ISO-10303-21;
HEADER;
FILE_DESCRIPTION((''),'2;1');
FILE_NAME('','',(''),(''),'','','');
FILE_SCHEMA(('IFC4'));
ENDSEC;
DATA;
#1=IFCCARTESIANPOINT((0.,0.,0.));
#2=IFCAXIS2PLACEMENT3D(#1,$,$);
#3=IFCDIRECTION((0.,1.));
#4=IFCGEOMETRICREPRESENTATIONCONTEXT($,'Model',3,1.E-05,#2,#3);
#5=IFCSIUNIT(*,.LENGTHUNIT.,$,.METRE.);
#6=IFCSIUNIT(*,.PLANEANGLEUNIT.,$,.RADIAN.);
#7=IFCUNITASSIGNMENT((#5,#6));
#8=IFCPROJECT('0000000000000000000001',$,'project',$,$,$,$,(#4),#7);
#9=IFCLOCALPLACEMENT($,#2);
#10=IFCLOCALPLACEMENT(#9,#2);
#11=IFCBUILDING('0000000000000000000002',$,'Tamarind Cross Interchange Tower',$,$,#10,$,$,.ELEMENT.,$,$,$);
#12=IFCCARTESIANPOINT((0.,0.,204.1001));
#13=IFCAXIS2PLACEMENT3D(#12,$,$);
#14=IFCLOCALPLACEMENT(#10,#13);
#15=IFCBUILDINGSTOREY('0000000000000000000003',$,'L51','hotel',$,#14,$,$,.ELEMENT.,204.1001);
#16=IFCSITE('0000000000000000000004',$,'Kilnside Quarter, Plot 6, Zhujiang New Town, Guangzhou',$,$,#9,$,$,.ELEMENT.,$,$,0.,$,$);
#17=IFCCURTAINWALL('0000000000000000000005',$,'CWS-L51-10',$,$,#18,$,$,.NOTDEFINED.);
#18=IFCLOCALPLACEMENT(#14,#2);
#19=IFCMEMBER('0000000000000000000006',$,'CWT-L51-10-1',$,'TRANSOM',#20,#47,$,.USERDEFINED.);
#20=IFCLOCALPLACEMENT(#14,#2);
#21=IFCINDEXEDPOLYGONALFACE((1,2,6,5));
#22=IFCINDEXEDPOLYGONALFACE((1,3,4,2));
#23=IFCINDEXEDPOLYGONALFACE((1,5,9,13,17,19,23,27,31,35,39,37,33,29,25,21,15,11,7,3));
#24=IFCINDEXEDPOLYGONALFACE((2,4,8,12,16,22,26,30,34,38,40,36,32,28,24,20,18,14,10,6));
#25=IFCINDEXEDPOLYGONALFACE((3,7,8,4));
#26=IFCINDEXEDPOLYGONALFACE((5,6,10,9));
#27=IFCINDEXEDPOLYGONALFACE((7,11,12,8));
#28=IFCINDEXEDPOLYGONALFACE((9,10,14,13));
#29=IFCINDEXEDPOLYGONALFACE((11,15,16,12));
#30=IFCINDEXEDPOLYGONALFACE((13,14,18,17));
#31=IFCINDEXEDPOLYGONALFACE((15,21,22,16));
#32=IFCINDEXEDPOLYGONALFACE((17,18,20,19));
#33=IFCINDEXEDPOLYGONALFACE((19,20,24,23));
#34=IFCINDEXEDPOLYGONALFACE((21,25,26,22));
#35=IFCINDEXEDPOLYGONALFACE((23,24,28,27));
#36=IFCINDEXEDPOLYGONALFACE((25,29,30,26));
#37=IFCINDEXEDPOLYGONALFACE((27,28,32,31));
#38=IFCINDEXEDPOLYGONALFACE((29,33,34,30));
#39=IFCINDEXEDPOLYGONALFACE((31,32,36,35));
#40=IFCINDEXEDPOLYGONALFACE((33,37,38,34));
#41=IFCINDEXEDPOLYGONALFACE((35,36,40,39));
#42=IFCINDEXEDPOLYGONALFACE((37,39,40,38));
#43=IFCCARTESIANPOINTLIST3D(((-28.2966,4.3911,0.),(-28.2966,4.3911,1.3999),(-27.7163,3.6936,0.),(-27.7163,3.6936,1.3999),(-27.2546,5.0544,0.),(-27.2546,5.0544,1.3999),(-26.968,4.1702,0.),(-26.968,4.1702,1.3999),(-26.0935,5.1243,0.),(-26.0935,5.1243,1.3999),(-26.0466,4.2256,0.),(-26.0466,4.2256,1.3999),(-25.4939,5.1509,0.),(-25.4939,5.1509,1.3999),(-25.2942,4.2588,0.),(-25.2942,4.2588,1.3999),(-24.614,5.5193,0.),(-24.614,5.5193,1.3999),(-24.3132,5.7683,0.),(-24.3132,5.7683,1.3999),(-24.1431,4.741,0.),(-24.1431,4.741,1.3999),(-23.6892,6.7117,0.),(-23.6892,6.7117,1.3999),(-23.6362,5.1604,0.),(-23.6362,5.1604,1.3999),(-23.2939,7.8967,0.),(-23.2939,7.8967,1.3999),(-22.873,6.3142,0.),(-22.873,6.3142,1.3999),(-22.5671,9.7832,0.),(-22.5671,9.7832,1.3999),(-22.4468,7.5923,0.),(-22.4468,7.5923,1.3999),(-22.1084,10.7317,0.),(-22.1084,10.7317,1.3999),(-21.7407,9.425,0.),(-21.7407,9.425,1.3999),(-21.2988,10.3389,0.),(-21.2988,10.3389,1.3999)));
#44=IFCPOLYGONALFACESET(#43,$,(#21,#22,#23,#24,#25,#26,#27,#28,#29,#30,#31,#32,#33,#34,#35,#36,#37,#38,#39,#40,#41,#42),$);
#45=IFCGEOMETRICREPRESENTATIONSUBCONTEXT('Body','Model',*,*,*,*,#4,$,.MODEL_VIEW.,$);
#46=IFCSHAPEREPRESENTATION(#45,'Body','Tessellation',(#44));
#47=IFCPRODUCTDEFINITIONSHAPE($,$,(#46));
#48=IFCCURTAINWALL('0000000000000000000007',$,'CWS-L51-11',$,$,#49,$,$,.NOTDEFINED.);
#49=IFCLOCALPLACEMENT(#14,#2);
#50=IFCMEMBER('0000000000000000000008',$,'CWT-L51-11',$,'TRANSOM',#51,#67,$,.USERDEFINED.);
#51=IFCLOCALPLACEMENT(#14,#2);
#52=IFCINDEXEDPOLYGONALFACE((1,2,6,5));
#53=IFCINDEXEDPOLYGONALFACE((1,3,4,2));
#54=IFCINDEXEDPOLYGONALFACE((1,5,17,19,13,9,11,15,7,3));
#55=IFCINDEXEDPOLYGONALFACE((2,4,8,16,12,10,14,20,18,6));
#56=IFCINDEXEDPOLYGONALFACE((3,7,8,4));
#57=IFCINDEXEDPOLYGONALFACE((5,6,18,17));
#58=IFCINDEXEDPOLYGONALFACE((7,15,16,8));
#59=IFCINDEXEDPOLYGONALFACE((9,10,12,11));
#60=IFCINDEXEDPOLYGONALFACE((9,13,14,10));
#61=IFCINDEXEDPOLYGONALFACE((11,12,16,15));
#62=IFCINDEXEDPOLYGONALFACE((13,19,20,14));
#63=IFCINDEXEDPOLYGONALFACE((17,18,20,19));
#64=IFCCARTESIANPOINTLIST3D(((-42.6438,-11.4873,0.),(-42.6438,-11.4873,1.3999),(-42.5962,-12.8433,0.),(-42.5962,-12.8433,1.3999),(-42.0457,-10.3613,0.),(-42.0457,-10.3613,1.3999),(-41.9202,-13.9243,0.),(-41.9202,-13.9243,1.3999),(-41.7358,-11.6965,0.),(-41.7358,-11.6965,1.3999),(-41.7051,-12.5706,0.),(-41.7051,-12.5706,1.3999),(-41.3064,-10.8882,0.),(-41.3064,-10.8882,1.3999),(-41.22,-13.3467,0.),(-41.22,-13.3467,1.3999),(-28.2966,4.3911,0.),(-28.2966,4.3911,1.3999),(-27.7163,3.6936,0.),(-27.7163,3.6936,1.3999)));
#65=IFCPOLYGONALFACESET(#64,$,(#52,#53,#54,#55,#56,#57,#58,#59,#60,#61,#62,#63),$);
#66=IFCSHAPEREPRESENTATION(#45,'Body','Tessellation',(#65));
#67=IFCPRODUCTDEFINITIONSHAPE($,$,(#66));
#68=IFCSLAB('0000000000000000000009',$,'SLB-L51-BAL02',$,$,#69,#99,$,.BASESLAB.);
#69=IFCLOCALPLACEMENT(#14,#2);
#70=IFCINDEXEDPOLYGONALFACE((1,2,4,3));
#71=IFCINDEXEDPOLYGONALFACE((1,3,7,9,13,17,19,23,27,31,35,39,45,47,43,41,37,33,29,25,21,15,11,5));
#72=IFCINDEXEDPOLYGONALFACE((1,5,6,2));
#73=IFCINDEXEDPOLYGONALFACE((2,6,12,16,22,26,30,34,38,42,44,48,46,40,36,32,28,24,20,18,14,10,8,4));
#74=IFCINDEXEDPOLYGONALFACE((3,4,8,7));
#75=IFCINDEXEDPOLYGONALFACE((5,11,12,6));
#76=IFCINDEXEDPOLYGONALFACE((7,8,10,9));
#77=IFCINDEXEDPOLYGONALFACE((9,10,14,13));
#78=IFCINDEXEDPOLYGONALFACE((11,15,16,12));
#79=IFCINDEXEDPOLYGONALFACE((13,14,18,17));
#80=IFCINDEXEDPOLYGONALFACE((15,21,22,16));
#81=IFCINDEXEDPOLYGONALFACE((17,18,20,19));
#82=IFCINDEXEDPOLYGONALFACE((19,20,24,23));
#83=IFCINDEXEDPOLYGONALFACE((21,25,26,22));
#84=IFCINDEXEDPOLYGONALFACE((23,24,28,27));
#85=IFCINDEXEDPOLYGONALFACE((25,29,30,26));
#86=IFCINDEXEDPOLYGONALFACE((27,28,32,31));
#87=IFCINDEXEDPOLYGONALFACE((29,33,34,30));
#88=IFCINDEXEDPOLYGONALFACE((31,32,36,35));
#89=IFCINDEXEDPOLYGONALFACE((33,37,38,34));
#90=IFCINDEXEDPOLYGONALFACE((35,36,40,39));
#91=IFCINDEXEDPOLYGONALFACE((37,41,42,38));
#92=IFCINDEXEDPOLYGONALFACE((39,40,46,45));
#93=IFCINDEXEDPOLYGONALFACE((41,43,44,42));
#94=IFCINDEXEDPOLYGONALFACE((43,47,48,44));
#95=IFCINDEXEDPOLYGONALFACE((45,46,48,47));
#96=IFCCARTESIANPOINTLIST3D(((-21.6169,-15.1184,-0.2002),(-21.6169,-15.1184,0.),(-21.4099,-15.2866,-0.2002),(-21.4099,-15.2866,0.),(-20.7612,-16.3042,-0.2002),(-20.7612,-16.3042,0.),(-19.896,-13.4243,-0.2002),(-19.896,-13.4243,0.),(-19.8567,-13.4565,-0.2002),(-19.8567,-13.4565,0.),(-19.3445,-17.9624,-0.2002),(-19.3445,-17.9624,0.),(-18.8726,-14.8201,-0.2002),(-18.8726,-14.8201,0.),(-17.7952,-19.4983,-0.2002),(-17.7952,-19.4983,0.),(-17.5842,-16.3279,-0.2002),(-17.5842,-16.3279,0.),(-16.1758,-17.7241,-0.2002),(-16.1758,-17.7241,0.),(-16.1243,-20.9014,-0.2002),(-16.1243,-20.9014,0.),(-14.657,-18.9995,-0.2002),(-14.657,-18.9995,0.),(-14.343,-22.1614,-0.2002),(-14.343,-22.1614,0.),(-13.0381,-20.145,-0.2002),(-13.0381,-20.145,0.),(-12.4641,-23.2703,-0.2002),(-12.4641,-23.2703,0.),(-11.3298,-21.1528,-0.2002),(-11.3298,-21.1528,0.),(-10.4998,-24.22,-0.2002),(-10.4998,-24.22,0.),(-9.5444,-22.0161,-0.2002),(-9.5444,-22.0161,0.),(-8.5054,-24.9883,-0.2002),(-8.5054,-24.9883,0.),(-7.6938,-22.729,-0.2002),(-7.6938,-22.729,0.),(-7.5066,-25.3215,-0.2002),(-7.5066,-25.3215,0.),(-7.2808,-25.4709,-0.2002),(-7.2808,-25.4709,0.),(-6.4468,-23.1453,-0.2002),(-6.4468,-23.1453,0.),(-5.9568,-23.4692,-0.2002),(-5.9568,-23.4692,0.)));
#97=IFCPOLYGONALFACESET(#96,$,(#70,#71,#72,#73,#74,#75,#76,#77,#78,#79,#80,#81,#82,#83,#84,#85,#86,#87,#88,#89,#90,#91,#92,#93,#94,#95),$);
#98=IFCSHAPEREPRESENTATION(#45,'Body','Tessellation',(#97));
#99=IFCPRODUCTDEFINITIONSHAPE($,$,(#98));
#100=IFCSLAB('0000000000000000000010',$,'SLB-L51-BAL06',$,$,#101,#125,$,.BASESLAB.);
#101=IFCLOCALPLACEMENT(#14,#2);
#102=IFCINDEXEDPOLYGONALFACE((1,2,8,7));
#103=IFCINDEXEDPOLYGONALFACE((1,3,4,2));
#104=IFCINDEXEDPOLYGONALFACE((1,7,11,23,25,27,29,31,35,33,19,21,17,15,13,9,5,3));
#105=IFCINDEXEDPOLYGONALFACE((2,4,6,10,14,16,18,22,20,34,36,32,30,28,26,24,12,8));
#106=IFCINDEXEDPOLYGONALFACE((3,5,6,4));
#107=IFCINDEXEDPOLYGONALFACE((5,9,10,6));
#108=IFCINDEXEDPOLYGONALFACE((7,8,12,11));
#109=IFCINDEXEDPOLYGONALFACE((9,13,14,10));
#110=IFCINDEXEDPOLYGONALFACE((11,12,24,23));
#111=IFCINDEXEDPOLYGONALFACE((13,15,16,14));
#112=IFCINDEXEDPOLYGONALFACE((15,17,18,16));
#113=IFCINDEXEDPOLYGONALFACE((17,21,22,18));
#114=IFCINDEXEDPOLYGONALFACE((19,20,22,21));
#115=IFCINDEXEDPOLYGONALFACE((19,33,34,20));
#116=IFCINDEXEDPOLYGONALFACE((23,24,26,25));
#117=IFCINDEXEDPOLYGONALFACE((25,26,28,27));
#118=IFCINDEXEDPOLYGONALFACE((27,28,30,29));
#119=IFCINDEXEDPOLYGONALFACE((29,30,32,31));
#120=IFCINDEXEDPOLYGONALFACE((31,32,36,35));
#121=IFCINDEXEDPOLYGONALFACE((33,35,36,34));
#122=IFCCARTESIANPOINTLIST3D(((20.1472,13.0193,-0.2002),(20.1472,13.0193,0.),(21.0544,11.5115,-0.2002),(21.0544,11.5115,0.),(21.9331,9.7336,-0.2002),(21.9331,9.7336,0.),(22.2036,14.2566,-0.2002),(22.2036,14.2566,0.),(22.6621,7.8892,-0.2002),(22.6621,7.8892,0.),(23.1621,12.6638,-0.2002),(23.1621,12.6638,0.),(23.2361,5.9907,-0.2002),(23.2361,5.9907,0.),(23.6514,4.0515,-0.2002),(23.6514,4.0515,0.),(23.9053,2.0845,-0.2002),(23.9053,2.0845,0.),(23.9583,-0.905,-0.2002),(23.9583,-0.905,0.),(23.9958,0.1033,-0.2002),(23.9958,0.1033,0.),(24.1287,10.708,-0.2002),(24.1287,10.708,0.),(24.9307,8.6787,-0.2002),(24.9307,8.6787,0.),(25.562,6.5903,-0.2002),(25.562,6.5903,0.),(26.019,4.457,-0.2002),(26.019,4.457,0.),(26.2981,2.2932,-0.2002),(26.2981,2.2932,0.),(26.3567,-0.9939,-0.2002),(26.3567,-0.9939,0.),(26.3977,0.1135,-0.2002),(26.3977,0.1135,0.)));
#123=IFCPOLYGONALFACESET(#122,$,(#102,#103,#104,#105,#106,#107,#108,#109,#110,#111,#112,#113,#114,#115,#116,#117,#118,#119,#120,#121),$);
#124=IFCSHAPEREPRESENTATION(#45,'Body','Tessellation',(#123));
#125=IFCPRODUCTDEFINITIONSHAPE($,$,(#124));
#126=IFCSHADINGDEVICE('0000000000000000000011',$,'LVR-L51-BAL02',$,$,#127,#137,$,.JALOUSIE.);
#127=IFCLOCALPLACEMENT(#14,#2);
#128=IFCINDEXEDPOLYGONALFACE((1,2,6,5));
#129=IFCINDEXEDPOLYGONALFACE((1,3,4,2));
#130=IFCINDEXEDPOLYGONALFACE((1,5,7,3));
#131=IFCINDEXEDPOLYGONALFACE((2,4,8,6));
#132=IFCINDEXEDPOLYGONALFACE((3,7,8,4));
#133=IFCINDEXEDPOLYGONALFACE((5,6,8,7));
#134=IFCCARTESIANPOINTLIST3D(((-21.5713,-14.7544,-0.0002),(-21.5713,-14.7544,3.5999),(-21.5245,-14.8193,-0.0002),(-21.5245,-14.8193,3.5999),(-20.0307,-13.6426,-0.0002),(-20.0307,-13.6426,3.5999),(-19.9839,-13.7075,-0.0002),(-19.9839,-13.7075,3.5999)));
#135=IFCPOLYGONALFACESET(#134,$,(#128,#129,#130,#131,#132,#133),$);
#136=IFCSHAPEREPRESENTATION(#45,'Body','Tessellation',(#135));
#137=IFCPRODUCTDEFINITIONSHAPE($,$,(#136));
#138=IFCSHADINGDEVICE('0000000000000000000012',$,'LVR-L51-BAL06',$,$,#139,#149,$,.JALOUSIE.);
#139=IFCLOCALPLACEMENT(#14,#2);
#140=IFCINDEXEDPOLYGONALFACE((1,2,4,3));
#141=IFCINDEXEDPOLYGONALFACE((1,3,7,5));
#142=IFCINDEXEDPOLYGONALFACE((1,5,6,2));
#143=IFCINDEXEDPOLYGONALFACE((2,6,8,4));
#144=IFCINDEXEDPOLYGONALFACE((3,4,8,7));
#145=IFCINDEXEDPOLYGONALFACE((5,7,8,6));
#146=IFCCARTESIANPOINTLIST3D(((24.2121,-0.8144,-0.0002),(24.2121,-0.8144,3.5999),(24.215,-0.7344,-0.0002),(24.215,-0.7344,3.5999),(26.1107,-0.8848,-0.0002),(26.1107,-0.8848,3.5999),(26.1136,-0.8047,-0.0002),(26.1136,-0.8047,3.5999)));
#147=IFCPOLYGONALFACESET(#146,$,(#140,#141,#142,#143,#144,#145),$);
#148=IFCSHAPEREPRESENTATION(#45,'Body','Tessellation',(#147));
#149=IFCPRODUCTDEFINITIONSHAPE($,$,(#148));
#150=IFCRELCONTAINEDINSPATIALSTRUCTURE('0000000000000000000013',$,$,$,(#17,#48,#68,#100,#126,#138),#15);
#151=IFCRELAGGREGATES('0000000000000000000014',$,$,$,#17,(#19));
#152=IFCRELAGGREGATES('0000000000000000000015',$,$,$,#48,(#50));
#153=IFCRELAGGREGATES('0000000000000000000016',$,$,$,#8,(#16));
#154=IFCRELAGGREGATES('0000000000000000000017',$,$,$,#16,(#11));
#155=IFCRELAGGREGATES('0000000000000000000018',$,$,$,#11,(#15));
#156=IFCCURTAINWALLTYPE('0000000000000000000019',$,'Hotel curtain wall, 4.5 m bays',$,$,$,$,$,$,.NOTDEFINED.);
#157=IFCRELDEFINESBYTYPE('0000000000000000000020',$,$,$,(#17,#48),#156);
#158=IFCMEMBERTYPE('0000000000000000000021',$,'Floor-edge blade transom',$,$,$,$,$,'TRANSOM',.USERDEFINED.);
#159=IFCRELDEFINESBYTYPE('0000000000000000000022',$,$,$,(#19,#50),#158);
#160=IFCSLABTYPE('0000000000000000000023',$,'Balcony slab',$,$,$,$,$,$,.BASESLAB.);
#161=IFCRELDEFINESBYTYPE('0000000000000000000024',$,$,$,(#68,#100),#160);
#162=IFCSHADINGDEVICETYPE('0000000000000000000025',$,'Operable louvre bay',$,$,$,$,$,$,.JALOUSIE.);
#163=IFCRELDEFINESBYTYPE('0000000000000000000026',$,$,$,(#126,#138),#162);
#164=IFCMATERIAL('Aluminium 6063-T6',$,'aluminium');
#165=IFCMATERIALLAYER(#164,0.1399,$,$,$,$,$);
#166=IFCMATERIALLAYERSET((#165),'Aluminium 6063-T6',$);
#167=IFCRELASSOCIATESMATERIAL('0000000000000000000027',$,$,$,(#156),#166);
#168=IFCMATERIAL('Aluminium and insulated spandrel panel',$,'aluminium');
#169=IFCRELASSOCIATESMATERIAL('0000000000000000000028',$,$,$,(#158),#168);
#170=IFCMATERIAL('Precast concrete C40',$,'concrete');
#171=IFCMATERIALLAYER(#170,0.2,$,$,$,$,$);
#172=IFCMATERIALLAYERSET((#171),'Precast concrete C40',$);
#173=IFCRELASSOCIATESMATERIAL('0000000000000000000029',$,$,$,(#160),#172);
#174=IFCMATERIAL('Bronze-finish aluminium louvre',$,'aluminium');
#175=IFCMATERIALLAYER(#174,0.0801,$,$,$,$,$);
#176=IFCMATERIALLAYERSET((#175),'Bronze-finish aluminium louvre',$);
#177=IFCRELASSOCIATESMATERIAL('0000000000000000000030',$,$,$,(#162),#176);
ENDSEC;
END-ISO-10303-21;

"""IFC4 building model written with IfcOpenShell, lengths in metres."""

from ifc_helpers import new_model, si_unit, direction, frame, origin, origin_2d, place, context, subcontext, project, spatial, polyline, rectangle, outline, extrude, material, layer, layer_set, type_object, element, aggregate, save


model = new_model("IFC4")

# Units and contexts
model_context = context("Model", 3, precision=1e-05, world=origin(), true_north=direction((0.0, 1.0)))
body_context = subcontext(model_context, "Body", "Model", "MODEL_VIEW")
ifc_project = project(units=[si_unit("LENGTHUNIT", "METRE"), si_unit("PLANEANGLEUNIT", "RADIAN")], contexts=[model_context])

# Site, building, storey
site_placement = place(None, origin())
site = spatial("IfcSite", under=ifc_project, at=site_placement, Name="Kilnside Quarter, Plot 6, Zhujiang New Town, Guangzhou", CompositionType="ELEMENT", RefElevation=0.0)
building_placement = place(site_placement, origin())
building = spatial("IfcBuilding", under=site, at=building_placement, Name="Tamarind Cross Interchange Tower", CompositionType="ELEMENT")
storey_placement = place(building_placement, frame((0.0, 0.0, 204.1001)))
storey = spatial("IfcBuildingStorey", under=building, at=storey_placement, Name="L51", Description="hotel", CompositionType="ELEMENT", Elevation=204.1001)

# Shared definitions
ifc_material_1 = material(Name="Aluminium 6063-T6", Category="aluminium")
ifc_layer_1 = layer(ifc_material_1, 0.1399)
ifc_layer_set_1 = layer_set([ifc_layer_1], Name="Aluminium 6063-T6")
curtain_wall_type = type_object("IfcCurtainWallType", Name="Hotel curtain wall, 4.5 m bays", PredefinedType="NOTDEFINED", material=ifc_layer_set_1)
ifc_material_2 = material(Name="Aluminium and insulated spandrel panel", Category="aluminium")
member_type = type_object("IfcMemberType", Name="Floor-edge blade transom", ElementType="TRANSOM", PredefinedType="USERDEFINED", material=ifc_material_2)

# Curtain wall, member
curtain_wall_1_placement = place(storey_placement, origin())
curtain_wall_1 = element("IfcCurtainWall", 1, at=curtain_wall_1_placement, inside=storey, type_object=curtain_wall_type, Name="CWS-L51-10", PredefinedType="NOTDEFINED")
member_1_placement = place(storey_placement, origin())
member_1 = element("IfcMember", 2, at=member_1_placement, type_object=member_type, Name="CWT-L51-10-1", ObjectType="TRANSOM", PredefinedType="USERDEFINED", context=body_context, shape_type="SweptSolid", body=[
    extrude(outline(polyline([(-21.2988, 10.3389), (-21.7407, 9.425), (-22.4468, 7.5923), (-22.873, 6.3142), (-23.6362, 5.1604), (-24.1431, 4.741), (-25.2942, 4.2588), (-26.0466, 4.2256), (-26.968, 4.1702), (-27.7163, 3.6936), (-28.2966, 4.3911), (-27.2546, 5.0544), (-26.0935, 5.1243), (-25.4939, 5.1509), (-24.614, 5.5193), (-24.3132, 5.7683), (-23.6892, 6.7117), (-23.2939, 7.8967), (-22.5671, 9.7832), (-22.1084, 10.7317), (-21.2988, 10.3389)])), origin(), (0.0, 0.0, 1.0), 1.3999),
])
aggregate(curtain_wall_1, [member_1])

# Curtain wall, member
curtain_wall_2_placement = place(storey_placement, origin())
curtain_wall_2 = element("IfcCurtainWall", 3, at=curtain_wall_2_placement, inside=storey, type_object=curtain_wall_type, Name="CWS-L51-11", PredefinedType="NOTDEFINED")
member_2_placement = place(storey_placement, origin())
member_2 = element("IfcMember", 4, at=member_2_placement, type_object=member_type, Name="CWT-L51-11", ObjectType="TRANSOM", PredefinedType="USERDEFINED", context=body_context, shape_type="SweptSolid", body=[
    extrude(outline(polyline([(-27.7163, 3.6936), (-41.3064, -10.8882), (-41.7358, -11.6965), (-41.7051, -12.5706), (-41.22, -13.3467), (-41.9202, -13.9243), (-42.5962, -12.8433), (-42.6438, -11.4873), (-42.0457, -10.3613), (-28.2966, 4.3911), (-27.7163, 3.6936)])), origin(), (0.0, 0.0, 1.0), 1.3999),
])
aggregate(curtain_wall_2, [member_2])

# Slabs
ifc_material_3 = material(Name="Precast concrete C40", Category="concrete")
ifc_layer_2 = layer(ifc_material_3, 0.2)
ifc_layer_set_2 = layer_set([ifc_layer_2], Name="Precast concrete C40")
slab_type = type_object("IfcSlabType", Name="Balcony slab", PredefinedType="BASESLAB", material=ifc_layer_set_2)
slab_1_placement = place(storey_placement, frame((0.0, 0.0, -0.2002)))
element("IfcSlab", 5, at=slab_1_placement, inside=storey, type_object=slab_type, Name="SLB-L51-BAL02", PredefinedType="BASESLAB", context=body_context, shape_type="SweptSolid", body=[
    extrude(outline(polyline([(-19.896, -13.4243), (-19.8567, -13.4565), (-18.8726, -14.8201), (-17.5842, -16.3279), (-16.1758, -17.7241), (-14.657, -18.9995), (-13.0381, -20.145), (-11.3298, -21.1528), (-9.5444, -22.0161), (-7.6938, -22.729), (-6.4468, -23.1453), (-5.9568, -23.4692), (-7.2808, -25.4709), (-7.5066, -25.3215), (-8.5054, -24.9883), (-10.4998, -24.22), (-12.4641, -23.2703), (-14.343, -22.1614), (-16.1243, -20.9014), (-17.7952, -19.4983), (-19.3445, -17.9624), (-20.7612, -16.3042), (-21.6169, -15.1184), (-21.4099, -15.2866), (-19.896, -13.4243)])), origin(), (0.0, 0.0, 1.0), 0.2002),
])
slab_2_placement = place(storey_placement, frame((0.0, 0.0, -0.2002)))
element("IfcSlab", 6, at=slab_2_placement, inside=storey, type_object=slab_type, Name="SLB-L51-BAL06", PredefinedType="BASESLAB", context=body_context, shape_type="SweptSolid", body=[
    extrude(outline(polyline([(23.9583, -0.905), (23.9958, 0.1033), (23.9053, 2.0845), (23.6514, 4.0515), (23.2361, 5.9907), (22.6621, 7.8892), (21.9331, 9.7336), (21.0544, 11.5115), (20.1472, 13.0193), (22.2036, 14.2566), (23.1621, 12.6638), (24.1287, 10.708), (24.9307, 8.6787), (25.562, 6.5903), (26.019, 4.457), (26.2981, 2.2932), (26.3977, 0.1135), (26.3567, -0.9939), (23.9583, -0.905)])), origin(), (0.0, 0.0, 1.0), 0.2002),
])

# Shading devices
ifc_material_4 = material(Name="Bronze-finish aluminium louvre", Category="aluminium")
ifc_layer_3 = layer(ifc_material_4, 0.0801)
ifc_layer_set_3 = layer_set([ifc_layer_3], Name="Bronze-finish aluminium louvre")
shading_device_type = type_object("IfcShadingDeviceType", Name="Operable louvre bay", PredefinedType="JALOUSIE", material=ifc_layer_set_3)
shading_device_1_placement = place(storey_placement, origin())
element("IfcShadingDevice", 7, at=shading_device_1_placement, inside=storey, type_object=shading_device_type, Name="LVR-L51-BAL02", PredefinedType="JALOUSIE", context=body_context, shape_type="SweptSolid", body=[
    extrude(rectangle(XDim=1.8999, YDim=0.0801, at=origin_2d()), frame((-20.7776, -14.231, -0.0002), z_axis=(0.0, 0.0, 1.0), x_axis=(-0.810889, -0.5852, 0.0)), (0.0, 0.0, 1.0), 3.6001),
])
shading_device_2_placement = place(storey_placement, origin())
element("IfcShadingDevice", 8, at=shading_device_2_placement, inside=storey, type_object=shading_device_type, Name="LVR-L51-BAL06", PredefinedType="JALOUSIE", context=body_context, shape_type="SweptSolid", body=[
    extrude(rectangle(XDim=1.8999, YDim=0.0801, at=origin_2d()), frame((25.1628, -0.8096, -0.0002), z_axis=(0.0, 0.0, 1.0), x_axis=(0.999314, -0.037025, 0.0)), (0.0, 0.0, 1.0), 3.6001),
])

save(model, "model.ifc")
